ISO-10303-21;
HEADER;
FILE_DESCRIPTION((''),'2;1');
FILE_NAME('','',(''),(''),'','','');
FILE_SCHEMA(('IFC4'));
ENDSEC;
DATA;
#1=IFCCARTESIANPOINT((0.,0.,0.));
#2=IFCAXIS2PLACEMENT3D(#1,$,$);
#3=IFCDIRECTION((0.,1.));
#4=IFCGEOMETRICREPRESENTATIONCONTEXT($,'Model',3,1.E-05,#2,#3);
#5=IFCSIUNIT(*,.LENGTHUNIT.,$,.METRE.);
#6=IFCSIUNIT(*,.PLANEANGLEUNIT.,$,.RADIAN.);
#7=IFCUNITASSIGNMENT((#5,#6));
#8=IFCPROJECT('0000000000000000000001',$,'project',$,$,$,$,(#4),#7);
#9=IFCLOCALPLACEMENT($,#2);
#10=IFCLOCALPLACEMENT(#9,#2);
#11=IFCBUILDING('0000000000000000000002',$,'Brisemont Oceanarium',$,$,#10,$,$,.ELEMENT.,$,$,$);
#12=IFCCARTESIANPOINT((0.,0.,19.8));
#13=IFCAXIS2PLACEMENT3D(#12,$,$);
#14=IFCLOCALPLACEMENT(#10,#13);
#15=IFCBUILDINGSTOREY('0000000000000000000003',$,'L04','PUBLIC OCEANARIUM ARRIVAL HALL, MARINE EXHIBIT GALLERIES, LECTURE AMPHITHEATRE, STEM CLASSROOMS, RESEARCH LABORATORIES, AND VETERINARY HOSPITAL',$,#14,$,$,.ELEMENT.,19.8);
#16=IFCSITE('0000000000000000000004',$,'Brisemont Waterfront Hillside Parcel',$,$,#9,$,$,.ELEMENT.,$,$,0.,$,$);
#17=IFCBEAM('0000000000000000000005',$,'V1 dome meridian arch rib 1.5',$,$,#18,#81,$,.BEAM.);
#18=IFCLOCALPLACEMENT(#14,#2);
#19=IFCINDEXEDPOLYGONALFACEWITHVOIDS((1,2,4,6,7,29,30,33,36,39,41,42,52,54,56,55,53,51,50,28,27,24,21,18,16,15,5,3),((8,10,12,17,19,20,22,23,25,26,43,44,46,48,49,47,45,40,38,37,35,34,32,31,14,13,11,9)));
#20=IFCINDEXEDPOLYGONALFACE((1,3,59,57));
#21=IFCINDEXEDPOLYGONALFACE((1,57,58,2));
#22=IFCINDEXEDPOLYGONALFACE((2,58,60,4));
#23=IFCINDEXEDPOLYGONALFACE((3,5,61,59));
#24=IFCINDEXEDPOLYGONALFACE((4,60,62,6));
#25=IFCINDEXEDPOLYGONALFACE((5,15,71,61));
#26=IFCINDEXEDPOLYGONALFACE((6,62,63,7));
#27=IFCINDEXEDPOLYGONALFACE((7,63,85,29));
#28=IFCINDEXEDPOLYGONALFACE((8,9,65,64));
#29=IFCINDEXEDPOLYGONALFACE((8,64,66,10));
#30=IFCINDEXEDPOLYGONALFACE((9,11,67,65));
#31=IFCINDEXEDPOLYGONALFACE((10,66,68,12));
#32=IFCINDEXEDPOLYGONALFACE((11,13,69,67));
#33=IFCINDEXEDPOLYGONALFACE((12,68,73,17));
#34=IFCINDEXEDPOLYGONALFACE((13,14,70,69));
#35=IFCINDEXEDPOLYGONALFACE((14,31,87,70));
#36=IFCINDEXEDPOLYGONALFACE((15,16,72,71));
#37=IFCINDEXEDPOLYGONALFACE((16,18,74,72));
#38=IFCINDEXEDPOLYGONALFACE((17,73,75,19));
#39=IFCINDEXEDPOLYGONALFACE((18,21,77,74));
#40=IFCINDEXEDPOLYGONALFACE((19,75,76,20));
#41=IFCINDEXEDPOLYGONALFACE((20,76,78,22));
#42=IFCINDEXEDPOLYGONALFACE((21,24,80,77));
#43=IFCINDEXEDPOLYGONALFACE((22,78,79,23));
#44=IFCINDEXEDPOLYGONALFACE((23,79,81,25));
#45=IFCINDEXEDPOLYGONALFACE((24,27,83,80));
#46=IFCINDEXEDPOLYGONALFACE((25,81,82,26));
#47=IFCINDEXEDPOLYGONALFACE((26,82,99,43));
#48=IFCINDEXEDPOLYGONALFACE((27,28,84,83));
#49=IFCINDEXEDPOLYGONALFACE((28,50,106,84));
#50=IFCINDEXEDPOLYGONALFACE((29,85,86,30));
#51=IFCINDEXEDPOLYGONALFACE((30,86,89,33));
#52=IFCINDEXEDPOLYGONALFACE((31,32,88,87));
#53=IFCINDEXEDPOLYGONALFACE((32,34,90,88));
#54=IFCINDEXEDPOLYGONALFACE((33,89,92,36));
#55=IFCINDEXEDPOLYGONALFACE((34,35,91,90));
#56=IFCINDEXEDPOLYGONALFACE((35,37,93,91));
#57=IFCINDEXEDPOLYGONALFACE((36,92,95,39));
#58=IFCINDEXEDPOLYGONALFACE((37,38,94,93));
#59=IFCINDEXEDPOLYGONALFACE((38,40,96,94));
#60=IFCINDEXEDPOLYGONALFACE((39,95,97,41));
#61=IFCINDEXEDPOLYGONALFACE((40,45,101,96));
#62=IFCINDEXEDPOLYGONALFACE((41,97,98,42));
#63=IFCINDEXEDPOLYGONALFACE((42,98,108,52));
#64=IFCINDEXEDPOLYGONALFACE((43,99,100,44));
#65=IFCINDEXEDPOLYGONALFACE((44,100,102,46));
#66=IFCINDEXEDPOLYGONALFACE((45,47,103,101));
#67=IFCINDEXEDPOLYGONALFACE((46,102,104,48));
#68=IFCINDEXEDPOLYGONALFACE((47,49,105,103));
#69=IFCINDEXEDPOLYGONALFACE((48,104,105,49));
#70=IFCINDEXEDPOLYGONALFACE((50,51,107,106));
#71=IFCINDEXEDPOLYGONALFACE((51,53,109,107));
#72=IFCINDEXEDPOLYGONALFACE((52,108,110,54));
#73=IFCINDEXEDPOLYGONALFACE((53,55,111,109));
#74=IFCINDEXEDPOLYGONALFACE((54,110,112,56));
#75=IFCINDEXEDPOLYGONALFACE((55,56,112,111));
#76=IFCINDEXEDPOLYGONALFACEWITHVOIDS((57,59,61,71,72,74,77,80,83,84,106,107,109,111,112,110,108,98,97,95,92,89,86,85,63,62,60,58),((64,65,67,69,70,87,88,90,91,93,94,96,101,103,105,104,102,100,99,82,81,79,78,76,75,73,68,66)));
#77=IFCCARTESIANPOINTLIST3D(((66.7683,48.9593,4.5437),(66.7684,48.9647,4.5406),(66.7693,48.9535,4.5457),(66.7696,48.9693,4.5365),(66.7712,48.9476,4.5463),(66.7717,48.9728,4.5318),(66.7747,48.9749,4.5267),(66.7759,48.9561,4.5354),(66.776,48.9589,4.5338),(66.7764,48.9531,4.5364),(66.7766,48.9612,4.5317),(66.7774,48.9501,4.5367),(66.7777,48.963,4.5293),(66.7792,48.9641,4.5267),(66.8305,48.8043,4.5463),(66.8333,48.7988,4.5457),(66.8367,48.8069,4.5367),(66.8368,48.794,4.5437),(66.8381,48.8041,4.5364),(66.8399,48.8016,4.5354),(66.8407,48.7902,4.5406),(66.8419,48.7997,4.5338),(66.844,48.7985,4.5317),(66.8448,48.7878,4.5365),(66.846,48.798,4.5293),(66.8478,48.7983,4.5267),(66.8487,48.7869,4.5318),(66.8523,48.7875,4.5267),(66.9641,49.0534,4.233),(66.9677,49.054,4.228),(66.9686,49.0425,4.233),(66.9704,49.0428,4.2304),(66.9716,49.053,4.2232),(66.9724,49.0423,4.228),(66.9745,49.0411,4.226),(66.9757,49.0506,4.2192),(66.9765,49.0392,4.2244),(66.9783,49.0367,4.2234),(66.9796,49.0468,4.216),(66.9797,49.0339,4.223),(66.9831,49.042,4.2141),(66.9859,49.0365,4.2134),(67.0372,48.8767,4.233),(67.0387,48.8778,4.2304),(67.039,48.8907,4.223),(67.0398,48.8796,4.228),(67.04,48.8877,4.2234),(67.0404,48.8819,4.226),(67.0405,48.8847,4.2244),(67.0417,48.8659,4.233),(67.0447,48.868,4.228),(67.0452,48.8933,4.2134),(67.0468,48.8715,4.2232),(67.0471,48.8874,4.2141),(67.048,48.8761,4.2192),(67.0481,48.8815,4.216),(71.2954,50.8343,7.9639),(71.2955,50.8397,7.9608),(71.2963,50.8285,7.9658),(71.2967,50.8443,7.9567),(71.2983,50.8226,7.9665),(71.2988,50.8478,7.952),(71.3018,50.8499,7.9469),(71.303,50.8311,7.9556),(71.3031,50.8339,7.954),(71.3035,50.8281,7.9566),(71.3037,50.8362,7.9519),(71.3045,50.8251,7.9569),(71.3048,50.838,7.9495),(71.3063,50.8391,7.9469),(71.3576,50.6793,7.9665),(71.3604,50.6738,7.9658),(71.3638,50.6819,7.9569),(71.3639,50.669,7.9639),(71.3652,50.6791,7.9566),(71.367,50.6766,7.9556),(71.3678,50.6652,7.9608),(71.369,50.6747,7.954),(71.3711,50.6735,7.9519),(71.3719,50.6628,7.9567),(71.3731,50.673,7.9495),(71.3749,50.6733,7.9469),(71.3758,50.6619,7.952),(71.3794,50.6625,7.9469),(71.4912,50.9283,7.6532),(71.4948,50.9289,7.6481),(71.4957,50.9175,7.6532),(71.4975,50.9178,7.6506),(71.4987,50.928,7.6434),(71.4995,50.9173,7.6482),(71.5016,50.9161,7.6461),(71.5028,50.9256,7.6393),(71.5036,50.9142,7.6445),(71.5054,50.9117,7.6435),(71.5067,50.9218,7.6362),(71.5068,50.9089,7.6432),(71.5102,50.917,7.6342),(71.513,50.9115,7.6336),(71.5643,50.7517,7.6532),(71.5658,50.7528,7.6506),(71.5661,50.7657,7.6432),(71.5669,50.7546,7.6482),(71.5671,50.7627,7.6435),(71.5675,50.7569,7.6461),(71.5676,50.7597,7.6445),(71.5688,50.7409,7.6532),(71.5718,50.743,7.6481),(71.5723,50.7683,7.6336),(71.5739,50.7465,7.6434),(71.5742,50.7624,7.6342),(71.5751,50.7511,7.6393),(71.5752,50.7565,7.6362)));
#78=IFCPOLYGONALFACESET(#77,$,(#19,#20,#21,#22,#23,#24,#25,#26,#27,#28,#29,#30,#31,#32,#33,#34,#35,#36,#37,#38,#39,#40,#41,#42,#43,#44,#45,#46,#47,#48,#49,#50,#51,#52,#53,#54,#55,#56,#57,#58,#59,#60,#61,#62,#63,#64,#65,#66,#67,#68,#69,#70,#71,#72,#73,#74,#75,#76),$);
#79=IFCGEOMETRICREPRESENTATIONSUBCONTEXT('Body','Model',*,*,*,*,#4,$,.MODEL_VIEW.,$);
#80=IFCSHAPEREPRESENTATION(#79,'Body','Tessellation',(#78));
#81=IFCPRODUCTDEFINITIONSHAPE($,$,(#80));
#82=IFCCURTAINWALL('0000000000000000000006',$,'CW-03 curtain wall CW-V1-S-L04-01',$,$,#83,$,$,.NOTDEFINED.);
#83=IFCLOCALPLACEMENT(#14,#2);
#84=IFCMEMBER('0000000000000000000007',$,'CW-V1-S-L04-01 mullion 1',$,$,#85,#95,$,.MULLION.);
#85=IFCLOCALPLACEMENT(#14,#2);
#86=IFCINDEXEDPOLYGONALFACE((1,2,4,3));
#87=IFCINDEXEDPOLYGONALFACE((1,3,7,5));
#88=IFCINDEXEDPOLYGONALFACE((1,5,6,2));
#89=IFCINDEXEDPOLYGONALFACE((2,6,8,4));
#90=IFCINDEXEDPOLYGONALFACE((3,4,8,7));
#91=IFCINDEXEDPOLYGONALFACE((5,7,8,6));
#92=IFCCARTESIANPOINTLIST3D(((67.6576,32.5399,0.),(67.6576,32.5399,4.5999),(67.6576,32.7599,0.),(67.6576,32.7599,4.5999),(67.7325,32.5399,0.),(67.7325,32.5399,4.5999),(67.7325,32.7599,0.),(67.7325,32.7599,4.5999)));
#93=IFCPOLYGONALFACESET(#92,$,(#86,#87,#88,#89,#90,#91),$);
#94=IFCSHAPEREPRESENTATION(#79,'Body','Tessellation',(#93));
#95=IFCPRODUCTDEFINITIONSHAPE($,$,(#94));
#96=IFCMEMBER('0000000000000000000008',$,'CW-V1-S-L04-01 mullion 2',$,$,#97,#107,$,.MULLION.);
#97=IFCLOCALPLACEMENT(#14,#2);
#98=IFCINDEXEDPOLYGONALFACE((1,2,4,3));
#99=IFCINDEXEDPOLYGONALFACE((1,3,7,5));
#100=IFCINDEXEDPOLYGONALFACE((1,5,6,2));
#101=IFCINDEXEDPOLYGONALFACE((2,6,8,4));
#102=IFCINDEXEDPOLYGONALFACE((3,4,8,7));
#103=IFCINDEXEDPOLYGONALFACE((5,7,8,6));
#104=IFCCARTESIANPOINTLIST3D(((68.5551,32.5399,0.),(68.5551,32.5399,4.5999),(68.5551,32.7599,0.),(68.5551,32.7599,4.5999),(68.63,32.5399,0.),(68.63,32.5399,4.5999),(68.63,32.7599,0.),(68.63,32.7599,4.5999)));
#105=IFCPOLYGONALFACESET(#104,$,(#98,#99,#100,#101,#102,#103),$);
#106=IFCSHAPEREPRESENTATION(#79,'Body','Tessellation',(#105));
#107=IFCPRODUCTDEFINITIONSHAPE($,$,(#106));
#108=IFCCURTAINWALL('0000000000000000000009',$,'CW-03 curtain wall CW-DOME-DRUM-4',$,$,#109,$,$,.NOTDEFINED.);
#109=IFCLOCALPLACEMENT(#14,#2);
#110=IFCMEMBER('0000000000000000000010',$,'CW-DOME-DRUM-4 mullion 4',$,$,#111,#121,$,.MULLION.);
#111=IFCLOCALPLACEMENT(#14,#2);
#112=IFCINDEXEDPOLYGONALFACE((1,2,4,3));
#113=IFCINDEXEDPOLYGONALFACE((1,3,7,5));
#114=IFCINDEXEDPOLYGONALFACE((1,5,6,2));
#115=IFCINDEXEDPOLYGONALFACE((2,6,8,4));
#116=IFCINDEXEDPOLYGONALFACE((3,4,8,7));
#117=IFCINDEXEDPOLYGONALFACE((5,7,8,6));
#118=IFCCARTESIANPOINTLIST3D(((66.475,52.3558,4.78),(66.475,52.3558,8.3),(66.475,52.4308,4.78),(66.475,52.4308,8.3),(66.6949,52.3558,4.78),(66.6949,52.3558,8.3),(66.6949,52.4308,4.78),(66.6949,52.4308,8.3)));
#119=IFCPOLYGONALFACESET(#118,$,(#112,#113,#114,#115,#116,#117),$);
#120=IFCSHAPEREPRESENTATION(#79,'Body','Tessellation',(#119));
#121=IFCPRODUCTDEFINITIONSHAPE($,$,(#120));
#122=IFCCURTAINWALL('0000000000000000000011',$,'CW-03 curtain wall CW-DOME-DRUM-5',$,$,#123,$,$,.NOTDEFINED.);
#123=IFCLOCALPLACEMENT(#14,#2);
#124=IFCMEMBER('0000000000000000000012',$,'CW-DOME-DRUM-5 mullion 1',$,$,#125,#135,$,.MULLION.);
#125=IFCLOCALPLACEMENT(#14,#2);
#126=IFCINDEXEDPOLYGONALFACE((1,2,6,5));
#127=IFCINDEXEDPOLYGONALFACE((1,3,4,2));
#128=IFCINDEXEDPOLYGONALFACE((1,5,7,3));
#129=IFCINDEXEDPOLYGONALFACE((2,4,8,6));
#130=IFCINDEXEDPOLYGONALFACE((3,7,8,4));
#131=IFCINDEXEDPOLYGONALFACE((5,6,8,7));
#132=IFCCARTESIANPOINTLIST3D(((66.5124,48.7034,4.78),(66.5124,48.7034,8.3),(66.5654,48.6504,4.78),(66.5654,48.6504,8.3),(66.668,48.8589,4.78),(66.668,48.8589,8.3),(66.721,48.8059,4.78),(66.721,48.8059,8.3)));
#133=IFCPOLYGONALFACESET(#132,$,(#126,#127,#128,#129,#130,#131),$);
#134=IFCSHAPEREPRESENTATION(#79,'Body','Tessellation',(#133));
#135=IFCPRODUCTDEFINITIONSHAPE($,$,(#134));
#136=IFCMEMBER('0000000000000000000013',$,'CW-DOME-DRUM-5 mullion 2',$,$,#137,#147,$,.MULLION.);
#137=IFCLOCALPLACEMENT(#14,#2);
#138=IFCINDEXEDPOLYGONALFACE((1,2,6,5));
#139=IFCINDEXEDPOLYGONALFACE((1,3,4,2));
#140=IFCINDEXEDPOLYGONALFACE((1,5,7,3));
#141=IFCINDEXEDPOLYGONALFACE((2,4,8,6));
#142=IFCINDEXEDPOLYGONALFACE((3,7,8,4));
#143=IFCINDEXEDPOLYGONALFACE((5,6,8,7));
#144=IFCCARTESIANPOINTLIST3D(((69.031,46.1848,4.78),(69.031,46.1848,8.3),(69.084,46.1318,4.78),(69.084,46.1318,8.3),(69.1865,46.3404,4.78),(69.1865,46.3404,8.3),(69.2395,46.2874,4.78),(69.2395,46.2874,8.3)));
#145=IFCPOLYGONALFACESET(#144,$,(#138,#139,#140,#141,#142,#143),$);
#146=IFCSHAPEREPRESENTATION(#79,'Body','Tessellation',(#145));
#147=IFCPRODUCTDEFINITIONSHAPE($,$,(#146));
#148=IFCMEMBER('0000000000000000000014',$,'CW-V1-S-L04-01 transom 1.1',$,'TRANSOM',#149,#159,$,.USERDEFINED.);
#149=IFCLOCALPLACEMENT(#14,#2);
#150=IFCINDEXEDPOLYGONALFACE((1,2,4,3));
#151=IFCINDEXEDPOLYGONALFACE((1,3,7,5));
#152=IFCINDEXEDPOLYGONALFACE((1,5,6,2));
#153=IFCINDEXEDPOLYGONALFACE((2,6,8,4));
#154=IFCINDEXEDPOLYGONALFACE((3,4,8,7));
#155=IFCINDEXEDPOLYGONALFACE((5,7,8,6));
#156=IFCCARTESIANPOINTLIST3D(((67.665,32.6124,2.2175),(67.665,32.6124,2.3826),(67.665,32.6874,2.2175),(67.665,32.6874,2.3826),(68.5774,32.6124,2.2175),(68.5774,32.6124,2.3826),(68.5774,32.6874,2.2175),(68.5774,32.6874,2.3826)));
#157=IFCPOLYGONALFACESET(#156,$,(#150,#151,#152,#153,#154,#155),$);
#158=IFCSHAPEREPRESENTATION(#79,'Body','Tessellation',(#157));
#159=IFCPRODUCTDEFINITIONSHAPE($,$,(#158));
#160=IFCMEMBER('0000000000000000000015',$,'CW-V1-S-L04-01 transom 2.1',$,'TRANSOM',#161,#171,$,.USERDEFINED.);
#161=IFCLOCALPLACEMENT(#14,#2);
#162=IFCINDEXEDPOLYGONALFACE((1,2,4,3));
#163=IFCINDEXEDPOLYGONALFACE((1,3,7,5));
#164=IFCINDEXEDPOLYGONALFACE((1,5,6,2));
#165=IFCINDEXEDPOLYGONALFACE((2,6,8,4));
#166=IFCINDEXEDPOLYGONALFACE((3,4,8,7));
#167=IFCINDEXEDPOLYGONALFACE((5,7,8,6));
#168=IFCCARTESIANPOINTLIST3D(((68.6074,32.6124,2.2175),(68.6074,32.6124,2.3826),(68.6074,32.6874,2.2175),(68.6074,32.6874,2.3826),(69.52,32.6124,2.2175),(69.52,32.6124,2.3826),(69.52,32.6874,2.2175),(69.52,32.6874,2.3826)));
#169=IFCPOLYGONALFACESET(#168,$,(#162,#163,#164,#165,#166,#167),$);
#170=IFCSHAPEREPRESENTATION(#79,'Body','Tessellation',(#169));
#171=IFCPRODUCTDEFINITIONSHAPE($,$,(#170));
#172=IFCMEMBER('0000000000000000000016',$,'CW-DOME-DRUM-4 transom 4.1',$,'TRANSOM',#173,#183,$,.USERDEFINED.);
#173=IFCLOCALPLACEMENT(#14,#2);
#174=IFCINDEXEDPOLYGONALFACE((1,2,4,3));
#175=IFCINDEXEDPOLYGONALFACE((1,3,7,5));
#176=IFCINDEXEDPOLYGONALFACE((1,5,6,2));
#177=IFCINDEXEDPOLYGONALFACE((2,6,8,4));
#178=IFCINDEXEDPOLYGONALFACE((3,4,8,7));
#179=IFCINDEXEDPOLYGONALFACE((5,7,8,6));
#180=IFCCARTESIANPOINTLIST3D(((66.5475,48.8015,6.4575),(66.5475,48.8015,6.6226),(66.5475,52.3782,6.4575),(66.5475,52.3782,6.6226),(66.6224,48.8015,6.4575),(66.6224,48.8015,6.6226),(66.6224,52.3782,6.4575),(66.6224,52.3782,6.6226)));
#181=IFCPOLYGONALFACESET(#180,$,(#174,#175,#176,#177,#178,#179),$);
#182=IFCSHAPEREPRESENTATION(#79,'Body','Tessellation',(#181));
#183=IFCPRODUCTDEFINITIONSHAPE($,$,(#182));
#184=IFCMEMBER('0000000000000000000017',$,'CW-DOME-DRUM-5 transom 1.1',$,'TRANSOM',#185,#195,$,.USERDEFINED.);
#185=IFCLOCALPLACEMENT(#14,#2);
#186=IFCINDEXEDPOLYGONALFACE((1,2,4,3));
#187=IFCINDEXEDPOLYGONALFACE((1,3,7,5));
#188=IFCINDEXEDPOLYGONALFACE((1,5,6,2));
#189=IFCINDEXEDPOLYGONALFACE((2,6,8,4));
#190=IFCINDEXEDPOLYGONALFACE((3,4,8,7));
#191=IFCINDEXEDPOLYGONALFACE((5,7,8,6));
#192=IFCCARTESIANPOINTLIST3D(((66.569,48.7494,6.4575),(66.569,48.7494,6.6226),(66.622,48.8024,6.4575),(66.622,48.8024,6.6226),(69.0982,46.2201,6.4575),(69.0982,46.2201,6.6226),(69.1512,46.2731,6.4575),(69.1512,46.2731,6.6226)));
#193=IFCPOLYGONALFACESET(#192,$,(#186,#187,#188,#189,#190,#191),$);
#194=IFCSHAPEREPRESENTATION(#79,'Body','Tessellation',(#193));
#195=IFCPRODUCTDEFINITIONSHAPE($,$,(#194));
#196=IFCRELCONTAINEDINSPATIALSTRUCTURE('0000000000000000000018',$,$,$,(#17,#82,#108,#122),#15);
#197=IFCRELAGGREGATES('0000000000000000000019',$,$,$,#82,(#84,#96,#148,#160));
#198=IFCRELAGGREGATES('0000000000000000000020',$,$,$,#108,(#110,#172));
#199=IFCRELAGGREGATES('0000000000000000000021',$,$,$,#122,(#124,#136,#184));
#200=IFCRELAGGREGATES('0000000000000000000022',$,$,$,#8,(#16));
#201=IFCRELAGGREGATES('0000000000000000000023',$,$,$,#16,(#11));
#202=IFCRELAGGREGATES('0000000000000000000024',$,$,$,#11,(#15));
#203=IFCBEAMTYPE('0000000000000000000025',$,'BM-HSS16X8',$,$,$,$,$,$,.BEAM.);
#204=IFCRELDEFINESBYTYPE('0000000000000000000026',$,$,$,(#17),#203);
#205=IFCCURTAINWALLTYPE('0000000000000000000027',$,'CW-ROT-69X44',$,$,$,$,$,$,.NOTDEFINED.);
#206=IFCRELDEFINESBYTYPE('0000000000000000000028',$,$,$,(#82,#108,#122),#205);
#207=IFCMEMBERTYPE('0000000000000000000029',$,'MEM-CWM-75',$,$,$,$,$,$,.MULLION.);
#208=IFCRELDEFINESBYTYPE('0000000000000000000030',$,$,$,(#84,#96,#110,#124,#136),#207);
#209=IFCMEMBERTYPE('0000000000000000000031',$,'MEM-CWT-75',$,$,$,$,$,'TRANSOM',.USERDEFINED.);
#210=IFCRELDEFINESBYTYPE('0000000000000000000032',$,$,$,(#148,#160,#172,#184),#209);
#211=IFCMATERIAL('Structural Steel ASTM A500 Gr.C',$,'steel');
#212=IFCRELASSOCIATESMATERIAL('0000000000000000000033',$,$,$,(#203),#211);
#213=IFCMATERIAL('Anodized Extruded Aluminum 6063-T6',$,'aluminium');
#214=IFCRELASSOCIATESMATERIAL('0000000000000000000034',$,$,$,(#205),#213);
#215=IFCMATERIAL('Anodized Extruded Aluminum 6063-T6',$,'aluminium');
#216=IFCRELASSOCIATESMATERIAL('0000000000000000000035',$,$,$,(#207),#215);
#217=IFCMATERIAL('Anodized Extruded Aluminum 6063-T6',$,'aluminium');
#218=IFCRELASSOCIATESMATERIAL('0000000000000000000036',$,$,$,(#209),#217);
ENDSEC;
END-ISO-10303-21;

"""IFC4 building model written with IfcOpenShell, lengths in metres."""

from ifc_helpers import new_model, si_unit, direction, frame, origin, origin_2d, place, context, subcontext, project, spatial, rectangle, hollow_rectangle, extrude, material, material_profile, profile_set, type_object, element, aggregate, save


model = new_model("IFC4")

# Units and contexts
model_context = context("Model", 3, precision=1e-05, world=origin(), true_north=direction((0.0, 1.0)))
body_context = subcontext(model_context, "Body", "Model", "MODEL_VIEW")
ifc_project = project(units=[si_unit("LENGTHUNIT", "METRE"), si_unit("PLANEANGLEUNIT", "RADIAN")], contexts=[model_context])

# Site, building, storey
site_placement = place(None, origin())
site = spatial("IfcSite", under=ifc_project, at=site_placement, Name="Brisemont Waterfront Hillside Parcel", CompositionType="ELEMENT", RefElevation=0.0)
building_placement = place(site_placement, origin())
building = spatial("IfcBuilding", under=site, at=building_placement, Name="Brisemont Oceanarium", CompositionType="ELEMENT")
storey_placement = place(building_placement, frame((0.0, 0.0, 19.8)))
storey = spatial("IfcBuildingStorey", under=building, at=storey_placement, Name="L04", Description="PUBLIC OCEANARIUM ARRIVAL HALL, MARINE EXHIBIT GALLERIES, LECTURE AMPHITHEATRE, STEM CLASSROOMS, RESEARCH LABORATORIES, AND VETERINARY HOSPITAL", CompositionType="ELEMENT", Elevation=19.8)

# Beam
ifc_material_1 = material(Name="Structural Steel ASTM A500 Gr.C", Category="steel")
ifc_material_profile_1 = material_profile(ifc_material_1, hollow_rectangle(XDim=0.2029, YDim=0.406, WallThickness=0.0117, InnerFilletRadius=0.0122, OuterFilletRadius=0.0239, at=origin_2d()), Name="HSS16X8X1/2")
ifc_profile_set_1 = profile_set([ifc_material_profile_1], Name="Structural Steel ASTM A500 Gr.C")
beam_type = type_object("IfcBeamType", Name="BM-HSS16X8", PredefinedType="BEAM", material=ifc_profile_set_1)
beam_1_placement = place(storey_placement, frame((66.9082, 48.9204, 4.3799), z_axis=(0.757598, 0.313776, 0.572355), x_axis=(-0.382651, 0.923893, 0.0)))
element("IfcBeam", 1, at=beam_1_placement, inside=storey, type_object=beam_type, Name="V1 dome meridian arch rib 1.5", PredefinedType="BEAM", context=body_context, shape_type="SweptSolid", body=[
    extrude(hollow_rectangle(XDim=0.2029, YDim=0.406, WallThickness=0.0117, InnerFilletRadius=0.0122, OuterFilletRadius=0.0239, at=origin_2d()), origin(), (0.0, 0.0, 1.0), 5.9756),
])

# Curtain wall, members
ifc_material_2 = material(Name="Anodized Extruded Aluminum 6063-T6", Category="aluminium")
curtain_wall_type = type_object("IfcCurtainWallType", Name="CW-ROT-69X44", PredefinedType="NOTDEFINED", material=ifc_material_2)
curtain_wall_1_placement = place(storey_placement, origin())
curtain_wall_1 = element("IfcCurtainWall", 2, at=curtain_wall_1_placement, inside=storey, type_object=curtain_wall_type, Name="CW-03 curtain wall CW-V1-S-L04-01", PredefinedType="NOTDEFINED")
ifc_material_3 = material(Name="Anodized Extruded Aluminum 6063-T6", Category="aluminium")
ifc_material_profile_2 = material_profile(ifc_material_3, rectangle(XDim=0.075, YDim=0.22, at=origin_2d()), Name="CWM-75X220")
ifc_profile_set_2 = profile_set([ifc_material_profile_2], Name="Anodized Extruded Aluminum 6063-T6")
member_type_1 = type_object("IfcMemberType", Name="MEM-CWM-75", PredefinedType="MULLION", material=ifc_profile_set_2)
member_1_placement = place(storey_placement, frame((67.6951, 32.6499, 0.0), z_axis=(0.0, 0.0, 1.0), x_axis=(1.0, 0.0, 0.0)))
member_1 = element("IfcMember", 3, at=member_1_placement, type_object=member_type_1, Name="CW-V1-S-L04-01 mullion 1", PredefinedType="MULLION", context=body_context, shape_type="SweptSolid", body=[
    extrude(rectangle(XDim=0.075, YDim=0.22, at=origin_2d()), origin(), (0.0, 0.0, 1.0), 4.5999),
])
member_2_placement = place(storey_placement, frame((68.5925, 32.6499, 0.0), z_axis=(0.0, 0.0, 1.0), x_axis=(1.0, 0.0, 0.0)))
member_2 = element("IfcMember", 4, at=member_2_placement, type_object=member_type_1, Name="CW-V1-S-L04-01 mullion 2", PredefinedType="MULLION", context=body_context, shape_type="SweptSolid", body=[
    extrude(rectangle(XDim=0.075, YDim=0.22, at=origin_2d()), origin(), (0.0, 0.0, 1.0), 4.5999),
])

# Curtain wall, member
curtain_wall_2_placement = place(storey_placement, origin())
curtain_wall_2 = element("IfcCurtainWall", 5, at=curtain_wall_2_placement, inside=storey, type_object=curtain_wall_type, Name="CW-03 curtain wall CW-DOME-DRUM-4", PredefinedType="NOTDEFINED")
member_3_placement = place(storey_placement, frame((66.585, 52.3933, 4.78), z_axis=(0.0, 0.0, 1.0), x_axis=(0.0, -1.0, 0.0)))
member_3 = element("IfcMember", 6, at=member_3_placement, type_object=member_type_1, Name="CW-DOME-DRUM-4 mullion 4", PredefinedType="MULLION", context=body_context, shape_type="SweptSolid", body=[
    extrude(rectangle(XDim=0.075, YDim=0.22, at=origin_2d()), origin(), (0.0, 0.0, 1.0), 3.52),
])

# Curtain wall, members
curtain_wall_3_placement = place(storey_placement, origin())
curtain_wall_3 = element("IfcCurtainWall", 7, at=curtain_wall_3_placement, inside=storey, type_object=curtain_wall_type, Name="CW-03 curtain wall CW-DOME-DRUM-5", PredefinedType="NOTDEFINED")
member_4_placement = place(storey_placement, frame((66.6167, 48.7546, 4.78), z_axis=(0.0, 0.0, 1.0), x_axis=(0.707107, -0.707107, 0.0)))
member_4 = element("IfcMember", 8, at=member_4_placement, type_object=member_type_1, Name="CW-DOME-DRUM-5 mullion 1", PredefinedType="MULLION", context=body_context, shape_type="SweptSolid", body=[
    extrude(rectangle(XDim=0.075, YDim=0.22, at=origin_2d()), origin(), (0.0, 0.0, 1.0), 3.52),
])
member_5_placement = place(storey_placement, frame((69.1353, 46.2361, 4.78), z_axis=(0.0, 0.0, 1.0), x_axis=(0.707107, -0.707107, 0.0)))
member_5 = element("IfcMember", 9, at=member_5_placement, type_object=member_type_1, Name="CW-DOME-DRUM-5 mullion 2", PredefinedType="MULLION", context=body_context, shape_type="SweptSolid", body=[
    extrude(rectangle(XDim=0.075, YDim=0.22, at=origin_2d()), origin(), (0.0, 0.0, 1.0), 3.52),
])

# Members
ifc_material_4 = material(Name="Anodized Extruded Aluminum 6063-T6", Category="aluminium")
ifc_material_profile_3 = material_profile(ifc_material_4, rectangle(XDim=0.075, YDim=0.165, at=origin_2d()), Name="CWT-75X165")
ifc_profile_set_3 = profile_set([ifc_material_profile_3], Name="Anodized Extruded Aluminum 6063-T6")
member_type_2 = type_object("IfcMemberType", Name="MEM-CWT-75", ElementType="TRANSOM", PredefinedType="USERDEFINED", material=ifc_profile_set_3)
member_6_placement = place(storey_placement, frame((67.665, 32.6499, 2.3), z_axis=(1.0, 0.0, 0.0), x_axis=(0.0, 1.0, 0.0)))
member_6 = element("IfcMember", 10, at=member_6_placement, type_object=member_type_2, Name="CW-V1-S-L04-01 transom 1.1", ObjectType="TRANSOM", PredefinedType="USERDEFINED", context=body_context, shape_type="SweptSolid", body=[
    extrude(rectangle(XDim=0.075, YDim=0.165, at=origin_2d()), origin(), (0.0, 0.0, 1.0), 0.9124),
])
member_7_placement = place(storey_placement, frame((68.6074, 32.6499, 2.3), z_axis=(1.0, 0.0, 0.0), x_axis=(0.0, 1.0, 0.0)))
member_7 = element("IfcMember", 11, at=member_7_placement, type_object=member_type_2, Name="CW-V1-S-L04-01 transom 2.1", ObjectType="TRANSOM", PredefinedType="USERDEFINED", context=body_context, shape_type="SweptSolid", body=[
    extrude(rectangle(XDim=0.075, YDim=0.165, at=origin_2d()), origin(), (0.0, 0.0, 1.0), 0.9126),
])
member_8_placement = place(storey_placement, frame((66.585, 52.3782, 6.54), z_axis=(0.0, -1.0, 0.0), x_axis=(1.0, 0.0, 0.0)))
member_8 = element("IfcMember", 12, at=member_8_placement, type_object=member_type_2, Name="CW-DOME-DRUM-4 transom 4.1", ObjectType="TRANSOM", PredefinedType="USERDEFINED", context=body_context, shape_type="SweptSolid", body=[
    extrude(rectangle(XDim=0.075, YDim=0.165, at=origin_2d()), origin(), (0.0, 0.0, 1.0), 3.5767),
])
member_9_placement = place(storey_placement, frame((66.5955, 48.7759, 6.54), z_axis=(0.707107, -0.707107, 0.0), x_axis=(0.707107, 0.707107, 0.0)))
member_9 = element("IfcMember", 13, at=member_9_placement, type_object=member_type_2, Name="CW-DOME-DRUM-5 transom 1.1", ObjectType="TRANSOM", PredefinedType="USERDEFINED", context=body_context, shape_type="SweptSolid", body=[
    extrude(rectangle(XDim=0.075, YDim=0.165, at=origin_2d()), origin(), (0.0, 0.0, 1.0), 3.5769),
])

aggregate(curtain_wall_1, [member_1, member_2, member_6, member_7])
aggregate(curtain_wall_2, [member_3, member_8])
aggregate(curtain_wall_3, [member_4, member_5, member_9])

save(model, "model.ifc")
